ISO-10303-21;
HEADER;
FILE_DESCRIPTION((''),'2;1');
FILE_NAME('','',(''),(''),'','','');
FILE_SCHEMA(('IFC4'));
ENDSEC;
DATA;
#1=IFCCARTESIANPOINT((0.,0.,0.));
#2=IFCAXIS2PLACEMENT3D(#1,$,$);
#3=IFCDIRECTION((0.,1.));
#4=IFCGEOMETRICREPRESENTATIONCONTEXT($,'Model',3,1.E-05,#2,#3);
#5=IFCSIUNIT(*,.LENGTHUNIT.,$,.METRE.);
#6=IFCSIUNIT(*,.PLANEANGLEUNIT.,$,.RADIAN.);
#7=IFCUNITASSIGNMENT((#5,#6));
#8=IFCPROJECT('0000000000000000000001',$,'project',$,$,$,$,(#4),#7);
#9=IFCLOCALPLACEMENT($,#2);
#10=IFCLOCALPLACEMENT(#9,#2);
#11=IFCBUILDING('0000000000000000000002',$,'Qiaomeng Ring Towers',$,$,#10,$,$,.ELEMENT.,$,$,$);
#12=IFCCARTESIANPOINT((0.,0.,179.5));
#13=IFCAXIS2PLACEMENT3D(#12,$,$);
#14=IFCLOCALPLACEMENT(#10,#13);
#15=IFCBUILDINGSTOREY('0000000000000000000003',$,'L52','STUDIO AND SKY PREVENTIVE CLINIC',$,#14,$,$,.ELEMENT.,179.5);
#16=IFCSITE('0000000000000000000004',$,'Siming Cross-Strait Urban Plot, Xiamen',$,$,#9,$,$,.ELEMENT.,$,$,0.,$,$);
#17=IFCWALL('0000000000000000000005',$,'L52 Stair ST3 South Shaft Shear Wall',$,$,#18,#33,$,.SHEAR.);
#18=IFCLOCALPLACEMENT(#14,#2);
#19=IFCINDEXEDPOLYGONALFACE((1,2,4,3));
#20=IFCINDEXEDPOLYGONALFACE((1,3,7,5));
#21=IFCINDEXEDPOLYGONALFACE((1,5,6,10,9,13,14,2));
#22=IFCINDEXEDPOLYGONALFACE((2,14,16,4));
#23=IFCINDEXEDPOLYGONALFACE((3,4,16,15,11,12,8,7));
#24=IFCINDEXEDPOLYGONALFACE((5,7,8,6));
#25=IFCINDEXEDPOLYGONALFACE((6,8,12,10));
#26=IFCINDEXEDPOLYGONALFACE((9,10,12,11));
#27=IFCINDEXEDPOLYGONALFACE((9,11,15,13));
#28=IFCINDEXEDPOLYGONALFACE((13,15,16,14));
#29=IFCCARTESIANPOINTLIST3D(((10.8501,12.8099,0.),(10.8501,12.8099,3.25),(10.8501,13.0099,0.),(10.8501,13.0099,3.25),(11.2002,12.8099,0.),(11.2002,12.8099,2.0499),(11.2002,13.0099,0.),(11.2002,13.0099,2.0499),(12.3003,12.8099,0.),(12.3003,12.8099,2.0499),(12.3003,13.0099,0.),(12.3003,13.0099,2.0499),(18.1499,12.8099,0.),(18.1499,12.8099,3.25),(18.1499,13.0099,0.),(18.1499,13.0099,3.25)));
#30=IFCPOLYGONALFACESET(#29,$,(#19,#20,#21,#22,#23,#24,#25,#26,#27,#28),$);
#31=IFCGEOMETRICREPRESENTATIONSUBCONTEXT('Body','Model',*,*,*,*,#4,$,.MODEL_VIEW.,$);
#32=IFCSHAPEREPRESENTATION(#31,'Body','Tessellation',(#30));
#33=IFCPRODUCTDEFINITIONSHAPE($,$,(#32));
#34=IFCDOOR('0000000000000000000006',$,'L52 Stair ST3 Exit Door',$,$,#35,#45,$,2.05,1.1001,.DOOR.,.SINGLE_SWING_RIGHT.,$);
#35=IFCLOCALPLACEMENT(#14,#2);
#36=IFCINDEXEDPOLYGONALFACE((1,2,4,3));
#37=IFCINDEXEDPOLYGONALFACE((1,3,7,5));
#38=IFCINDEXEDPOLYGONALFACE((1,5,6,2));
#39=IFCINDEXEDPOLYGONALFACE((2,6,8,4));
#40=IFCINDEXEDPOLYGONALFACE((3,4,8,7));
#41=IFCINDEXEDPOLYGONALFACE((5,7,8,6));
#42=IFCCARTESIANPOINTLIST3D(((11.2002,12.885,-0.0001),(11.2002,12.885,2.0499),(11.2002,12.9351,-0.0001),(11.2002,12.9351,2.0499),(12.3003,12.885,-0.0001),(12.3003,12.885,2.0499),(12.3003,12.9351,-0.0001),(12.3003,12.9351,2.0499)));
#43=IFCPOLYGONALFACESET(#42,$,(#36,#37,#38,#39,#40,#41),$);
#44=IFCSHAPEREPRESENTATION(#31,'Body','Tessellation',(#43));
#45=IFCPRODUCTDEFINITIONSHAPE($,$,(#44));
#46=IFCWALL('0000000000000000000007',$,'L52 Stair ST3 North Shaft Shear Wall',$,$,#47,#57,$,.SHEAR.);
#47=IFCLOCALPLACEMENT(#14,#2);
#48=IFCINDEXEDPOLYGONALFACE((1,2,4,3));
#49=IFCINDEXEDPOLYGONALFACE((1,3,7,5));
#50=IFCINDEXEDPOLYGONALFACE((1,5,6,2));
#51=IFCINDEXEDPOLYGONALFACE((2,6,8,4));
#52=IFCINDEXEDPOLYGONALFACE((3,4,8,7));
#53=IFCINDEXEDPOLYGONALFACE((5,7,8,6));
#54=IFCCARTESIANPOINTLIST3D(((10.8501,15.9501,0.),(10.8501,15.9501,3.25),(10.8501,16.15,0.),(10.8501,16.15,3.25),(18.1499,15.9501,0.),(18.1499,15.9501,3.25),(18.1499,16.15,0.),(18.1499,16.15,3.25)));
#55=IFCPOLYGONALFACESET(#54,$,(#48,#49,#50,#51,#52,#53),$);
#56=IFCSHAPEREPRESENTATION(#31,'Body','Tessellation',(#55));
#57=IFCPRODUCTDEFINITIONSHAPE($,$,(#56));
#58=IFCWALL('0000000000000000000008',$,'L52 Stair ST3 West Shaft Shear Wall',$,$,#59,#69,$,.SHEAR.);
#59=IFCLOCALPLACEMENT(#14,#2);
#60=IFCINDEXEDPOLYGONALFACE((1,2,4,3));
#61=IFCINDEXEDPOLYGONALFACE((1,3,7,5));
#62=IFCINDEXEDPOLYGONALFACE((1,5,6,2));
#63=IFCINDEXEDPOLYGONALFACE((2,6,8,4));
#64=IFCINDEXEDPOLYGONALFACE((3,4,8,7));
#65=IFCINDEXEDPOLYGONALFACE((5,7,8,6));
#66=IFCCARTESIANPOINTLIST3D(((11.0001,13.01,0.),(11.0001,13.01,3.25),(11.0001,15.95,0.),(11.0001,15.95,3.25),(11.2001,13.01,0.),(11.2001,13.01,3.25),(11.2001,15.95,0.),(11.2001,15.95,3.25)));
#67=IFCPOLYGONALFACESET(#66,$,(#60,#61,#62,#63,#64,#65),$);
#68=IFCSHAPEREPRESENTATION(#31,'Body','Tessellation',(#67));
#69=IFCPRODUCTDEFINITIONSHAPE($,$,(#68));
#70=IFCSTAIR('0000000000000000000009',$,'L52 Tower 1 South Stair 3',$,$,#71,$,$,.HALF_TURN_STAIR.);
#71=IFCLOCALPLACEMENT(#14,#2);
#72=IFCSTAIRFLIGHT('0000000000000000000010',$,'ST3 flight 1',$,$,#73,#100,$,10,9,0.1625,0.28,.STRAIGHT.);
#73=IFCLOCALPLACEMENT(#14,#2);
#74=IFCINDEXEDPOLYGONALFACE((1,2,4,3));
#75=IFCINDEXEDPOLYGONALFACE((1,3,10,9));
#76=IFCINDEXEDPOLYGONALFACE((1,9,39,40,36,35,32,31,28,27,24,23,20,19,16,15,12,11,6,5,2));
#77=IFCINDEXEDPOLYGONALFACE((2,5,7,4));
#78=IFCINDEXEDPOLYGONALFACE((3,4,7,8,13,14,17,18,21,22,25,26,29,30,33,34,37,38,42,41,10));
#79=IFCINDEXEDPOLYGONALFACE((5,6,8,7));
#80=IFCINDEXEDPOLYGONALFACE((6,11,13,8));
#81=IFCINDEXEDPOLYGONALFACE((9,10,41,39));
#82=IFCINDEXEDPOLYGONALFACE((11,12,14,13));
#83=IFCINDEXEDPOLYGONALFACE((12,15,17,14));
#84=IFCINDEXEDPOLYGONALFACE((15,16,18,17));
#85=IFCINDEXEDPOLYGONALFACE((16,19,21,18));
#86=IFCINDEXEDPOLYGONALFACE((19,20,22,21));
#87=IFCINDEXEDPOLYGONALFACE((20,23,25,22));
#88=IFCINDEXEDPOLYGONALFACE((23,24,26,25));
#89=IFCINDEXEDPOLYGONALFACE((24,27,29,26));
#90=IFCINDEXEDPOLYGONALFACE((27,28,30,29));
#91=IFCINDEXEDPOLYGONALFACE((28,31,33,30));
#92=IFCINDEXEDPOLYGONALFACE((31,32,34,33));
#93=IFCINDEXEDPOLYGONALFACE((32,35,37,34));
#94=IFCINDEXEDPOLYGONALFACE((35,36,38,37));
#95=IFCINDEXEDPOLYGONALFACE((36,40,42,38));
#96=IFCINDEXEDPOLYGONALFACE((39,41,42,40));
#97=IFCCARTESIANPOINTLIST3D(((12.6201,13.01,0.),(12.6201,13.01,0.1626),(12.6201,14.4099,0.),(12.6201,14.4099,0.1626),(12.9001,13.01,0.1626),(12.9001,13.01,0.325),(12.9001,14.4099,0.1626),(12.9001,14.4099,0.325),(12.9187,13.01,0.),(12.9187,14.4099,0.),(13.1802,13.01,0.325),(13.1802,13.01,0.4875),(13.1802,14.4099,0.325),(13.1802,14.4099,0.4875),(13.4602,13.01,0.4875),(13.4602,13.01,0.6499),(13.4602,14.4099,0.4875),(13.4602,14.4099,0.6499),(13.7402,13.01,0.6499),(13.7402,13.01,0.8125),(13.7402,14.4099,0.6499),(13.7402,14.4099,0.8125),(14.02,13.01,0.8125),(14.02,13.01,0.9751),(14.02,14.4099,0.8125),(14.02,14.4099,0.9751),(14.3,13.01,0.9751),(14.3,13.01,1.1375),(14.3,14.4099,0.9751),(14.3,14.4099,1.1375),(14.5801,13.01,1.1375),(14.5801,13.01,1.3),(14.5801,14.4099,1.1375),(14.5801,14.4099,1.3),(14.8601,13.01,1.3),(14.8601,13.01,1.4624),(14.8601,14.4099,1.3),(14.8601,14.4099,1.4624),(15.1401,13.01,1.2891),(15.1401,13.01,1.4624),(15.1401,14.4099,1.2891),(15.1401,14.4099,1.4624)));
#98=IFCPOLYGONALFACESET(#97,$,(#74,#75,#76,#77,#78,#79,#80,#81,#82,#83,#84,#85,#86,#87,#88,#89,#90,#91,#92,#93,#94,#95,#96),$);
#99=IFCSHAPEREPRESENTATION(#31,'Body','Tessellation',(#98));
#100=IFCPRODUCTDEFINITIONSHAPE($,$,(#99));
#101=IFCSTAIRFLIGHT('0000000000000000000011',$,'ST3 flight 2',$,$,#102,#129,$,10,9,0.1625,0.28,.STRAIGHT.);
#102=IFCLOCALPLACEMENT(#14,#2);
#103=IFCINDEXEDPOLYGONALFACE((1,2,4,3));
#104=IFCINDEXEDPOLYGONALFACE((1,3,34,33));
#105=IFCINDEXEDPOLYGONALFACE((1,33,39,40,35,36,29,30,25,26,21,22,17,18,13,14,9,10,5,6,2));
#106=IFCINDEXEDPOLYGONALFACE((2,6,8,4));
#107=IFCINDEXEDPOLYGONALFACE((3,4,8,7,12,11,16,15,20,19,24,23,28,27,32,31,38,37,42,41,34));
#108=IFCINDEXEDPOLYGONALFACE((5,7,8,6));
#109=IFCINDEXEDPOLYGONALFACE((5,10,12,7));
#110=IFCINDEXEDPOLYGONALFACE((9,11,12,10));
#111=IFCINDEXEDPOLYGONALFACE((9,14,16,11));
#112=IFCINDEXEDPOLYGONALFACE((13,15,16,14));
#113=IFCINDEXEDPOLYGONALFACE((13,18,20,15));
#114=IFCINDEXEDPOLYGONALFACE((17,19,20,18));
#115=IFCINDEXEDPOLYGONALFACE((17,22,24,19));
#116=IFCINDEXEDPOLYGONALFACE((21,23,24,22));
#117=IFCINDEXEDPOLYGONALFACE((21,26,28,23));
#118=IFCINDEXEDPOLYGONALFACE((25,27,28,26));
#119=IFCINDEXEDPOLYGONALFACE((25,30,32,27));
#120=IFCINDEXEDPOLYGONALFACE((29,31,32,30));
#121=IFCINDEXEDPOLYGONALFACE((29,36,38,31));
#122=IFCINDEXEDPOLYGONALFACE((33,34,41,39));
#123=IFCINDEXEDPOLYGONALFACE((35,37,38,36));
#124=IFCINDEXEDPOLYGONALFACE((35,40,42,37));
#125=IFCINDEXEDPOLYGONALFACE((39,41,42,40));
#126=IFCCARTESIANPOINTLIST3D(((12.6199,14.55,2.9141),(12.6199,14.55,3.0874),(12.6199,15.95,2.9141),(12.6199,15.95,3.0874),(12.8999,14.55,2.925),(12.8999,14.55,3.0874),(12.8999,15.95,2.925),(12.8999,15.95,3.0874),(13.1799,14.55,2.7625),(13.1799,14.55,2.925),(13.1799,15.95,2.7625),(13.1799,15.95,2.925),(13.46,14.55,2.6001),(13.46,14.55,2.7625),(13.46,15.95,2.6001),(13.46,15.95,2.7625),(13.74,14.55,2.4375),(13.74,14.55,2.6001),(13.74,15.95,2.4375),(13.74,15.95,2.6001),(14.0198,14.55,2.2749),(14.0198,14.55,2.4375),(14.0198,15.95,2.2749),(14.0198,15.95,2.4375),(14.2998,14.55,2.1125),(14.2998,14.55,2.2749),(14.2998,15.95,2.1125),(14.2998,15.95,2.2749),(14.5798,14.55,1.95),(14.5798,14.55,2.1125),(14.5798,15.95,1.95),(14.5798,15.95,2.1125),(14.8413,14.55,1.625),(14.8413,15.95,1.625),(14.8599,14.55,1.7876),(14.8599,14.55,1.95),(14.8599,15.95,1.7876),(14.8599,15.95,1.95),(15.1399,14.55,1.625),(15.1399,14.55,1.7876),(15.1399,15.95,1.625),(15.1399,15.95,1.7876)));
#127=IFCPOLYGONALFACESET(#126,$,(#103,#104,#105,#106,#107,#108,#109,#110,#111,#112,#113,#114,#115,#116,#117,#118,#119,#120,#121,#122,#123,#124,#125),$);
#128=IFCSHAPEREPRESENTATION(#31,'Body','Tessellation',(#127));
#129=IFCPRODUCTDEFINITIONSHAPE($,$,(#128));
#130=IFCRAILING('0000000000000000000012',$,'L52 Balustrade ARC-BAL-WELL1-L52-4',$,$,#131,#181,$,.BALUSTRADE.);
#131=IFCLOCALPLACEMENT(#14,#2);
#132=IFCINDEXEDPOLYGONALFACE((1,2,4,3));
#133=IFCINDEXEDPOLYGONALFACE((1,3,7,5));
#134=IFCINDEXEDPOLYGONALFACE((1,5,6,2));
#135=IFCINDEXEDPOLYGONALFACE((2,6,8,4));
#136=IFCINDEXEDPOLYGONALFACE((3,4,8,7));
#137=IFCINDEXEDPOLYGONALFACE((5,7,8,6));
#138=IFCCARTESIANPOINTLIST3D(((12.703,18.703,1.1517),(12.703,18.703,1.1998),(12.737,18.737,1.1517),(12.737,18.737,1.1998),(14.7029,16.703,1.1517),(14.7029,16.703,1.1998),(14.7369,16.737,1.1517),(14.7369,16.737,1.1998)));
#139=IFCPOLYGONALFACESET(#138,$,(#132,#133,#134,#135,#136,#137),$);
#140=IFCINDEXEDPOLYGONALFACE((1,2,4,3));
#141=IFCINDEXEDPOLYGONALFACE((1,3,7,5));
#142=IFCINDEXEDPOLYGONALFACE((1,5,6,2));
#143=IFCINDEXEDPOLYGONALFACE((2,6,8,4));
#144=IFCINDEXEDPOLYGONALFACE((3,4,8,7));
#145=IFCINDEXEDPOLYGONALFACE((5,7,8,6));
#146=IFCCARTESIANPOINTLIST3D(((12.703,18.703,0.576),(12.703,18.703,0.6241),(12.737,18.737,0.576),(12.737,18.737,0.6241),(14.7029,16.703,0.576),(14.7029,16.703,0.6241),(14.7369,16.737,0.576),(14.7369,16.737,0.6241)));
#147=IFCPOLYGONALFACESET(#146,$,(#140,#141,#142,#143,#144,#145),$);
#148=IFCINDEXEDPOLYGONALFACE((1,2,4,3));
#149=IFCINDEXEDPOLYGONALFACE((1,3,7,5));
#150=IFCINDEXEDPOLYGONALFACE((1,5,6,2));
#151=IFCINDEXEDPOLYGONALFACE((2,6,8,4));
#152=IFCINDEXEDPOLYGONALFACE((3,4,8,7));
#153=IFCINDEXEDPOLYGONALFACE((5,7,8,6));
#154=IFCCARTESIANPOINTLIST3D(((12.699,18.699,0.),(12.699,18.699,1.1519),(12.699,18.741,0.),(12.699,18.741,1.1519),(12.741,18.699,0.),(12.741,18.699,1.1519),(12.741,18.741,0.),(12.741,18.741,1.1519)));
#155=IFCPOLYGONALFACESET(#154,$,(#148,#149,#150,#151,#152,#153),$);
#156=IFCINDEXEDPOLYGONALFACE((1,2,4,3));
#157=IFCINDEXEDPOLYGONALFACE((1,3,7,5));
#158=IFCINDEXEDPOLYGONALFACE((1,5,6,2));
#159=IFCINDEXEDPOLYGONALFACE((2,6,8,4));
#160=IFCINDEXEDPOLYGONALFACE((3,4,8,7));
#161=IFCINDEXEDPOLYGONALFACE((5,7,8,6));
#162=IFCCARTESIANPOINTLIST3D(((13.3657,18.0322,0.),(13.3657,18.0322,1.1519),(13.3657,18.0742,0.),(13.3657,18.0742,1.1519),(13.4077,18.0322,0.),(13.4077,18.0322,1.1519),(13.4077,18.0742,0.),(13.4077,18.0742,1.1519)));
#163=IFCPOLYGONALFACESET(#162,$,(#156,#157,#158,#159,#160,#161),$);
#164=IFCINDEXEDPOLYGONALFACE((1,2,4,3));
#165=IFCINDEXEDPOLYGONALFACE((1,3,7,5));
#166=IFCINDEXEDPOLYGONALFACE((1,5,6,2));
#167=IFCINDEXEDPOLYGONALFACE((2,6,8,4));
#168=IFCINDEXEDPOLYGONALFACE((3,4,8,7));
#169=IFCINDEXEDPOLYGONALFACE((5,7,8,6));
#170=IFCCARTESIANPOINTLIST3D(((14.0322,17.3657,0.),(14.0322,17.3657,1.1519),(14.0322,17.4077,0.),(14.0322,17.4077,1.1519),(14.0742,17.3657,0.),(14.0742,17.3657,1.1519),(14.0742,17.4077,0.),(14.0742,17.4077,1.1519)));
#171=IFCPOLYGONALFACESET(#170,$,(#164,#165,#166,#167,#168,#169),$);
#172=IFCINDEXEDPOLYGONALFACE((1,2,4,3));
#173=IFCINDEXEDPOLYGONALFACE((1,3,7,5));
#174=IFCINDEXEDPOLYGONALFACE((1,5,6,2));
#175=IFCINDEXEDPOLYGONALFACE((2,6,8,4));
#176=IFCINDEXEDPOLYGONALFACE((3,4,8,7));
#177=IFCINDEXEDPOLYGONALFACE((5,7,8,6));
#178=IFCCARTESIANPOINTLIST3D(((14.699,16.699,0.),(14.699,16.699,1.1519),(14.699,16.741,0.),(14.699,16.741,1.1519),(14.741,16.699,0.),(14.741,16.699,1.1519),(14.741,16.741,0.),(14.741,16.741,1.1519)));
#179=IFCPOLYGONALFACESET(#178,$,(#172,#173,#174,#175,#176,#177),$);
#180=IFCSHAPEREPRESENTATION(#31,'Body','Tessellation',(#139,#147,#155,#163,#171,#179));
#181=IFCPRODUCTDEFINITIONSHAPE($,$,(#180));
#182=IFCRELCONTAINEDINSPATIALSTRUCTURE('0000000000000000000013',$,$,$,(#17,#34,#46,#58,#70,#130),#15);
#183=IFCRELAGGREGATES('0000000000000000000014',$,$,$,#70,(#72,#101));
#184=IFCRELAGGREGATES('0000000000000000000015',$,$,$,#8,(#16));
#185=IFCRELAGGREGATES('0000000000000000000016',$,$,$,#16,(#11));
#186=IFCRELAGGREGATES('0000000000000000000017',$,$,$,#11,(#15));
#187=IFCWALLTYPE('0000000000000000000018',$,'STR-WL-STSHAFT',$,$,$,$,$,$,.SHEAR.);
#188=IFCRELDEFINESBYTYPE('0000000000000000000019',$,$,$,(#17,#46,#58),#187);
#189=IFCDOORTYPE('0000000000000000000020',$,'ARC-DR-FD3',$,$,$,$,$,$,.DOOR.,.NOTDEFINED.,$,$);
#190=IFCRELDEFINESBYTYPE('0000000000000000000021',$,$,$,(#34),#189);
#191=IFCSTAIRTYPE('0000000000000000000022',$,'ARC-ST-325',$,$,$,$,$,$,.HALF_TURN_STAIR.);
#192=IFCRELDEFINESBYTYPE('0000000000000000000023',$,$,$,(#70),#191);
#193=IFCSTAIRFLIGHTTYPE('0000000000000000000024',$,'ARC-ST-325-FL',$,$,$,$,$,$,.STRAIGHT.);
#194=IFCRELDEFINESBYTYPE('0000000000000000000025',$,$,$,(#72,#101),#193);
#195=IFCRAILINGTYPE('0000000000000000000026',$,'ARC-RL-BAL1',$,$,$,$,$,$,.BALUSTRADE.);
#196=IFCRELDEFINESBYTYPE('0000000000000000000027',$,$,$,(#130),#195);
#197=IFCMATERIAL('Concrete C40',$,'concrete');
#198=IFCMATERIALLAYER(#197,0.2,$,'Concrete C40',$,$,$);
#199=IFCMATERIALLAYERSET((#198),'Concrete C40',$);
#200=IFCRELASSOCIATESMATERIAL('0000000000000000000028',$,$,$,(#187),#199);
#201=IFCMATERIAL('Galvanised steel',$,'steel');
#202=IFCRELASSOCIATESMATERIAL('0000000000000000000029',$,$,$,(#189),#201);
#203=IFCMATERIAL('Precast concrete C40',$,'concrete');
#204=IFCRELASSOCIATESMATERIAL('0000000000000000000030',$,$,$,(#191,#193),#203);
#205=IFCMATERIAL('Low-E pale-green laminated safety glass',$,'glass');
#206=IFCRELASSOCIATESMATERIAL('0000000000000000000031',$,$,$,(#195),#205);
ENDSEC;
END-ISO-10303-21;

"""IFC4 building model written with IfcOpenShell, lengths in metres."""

from ifc_helpers import new_model, si_unit, direction, frame, frame_2d, origin, origin_2d, place, context, subcontext, project, spatial, polyline, rectangle, outline, extrude, source, transform, mapped, material, layer, layer_set, type_object, element, fill, aggregate, save


model = new_model("IFC4")

# Units and contexts
model_context = context("Model", 3, precision=1e-05, world=origin(), true_north=direction((0.0, 1.0)))
body_context = subcontext(model_context, "Body", "Model", "MODEL_VIEW")
ifc_project = project(units=[si_unit("LENGTHUNIT", "METRE"), si_unit("PLANEANGLEUNIT", "RADIAN")], contexts=[model_context])

# Site, building, storey
site_placement = place(None, origin())
site = spatial("IfcSite", under=ifc_project, at=site_placement, Name="Siming Cross-Strait Urban Plot, Xiamen", CompositionType="ELEMENT", RefElevation=0.0)
building_placement = place(site_placement, origin())
building = spatial("IfcBuilding", under=site, at=building_placement, Name="Qiaomeng Ring Towers", CompositionType="ELEMENT")
storey_placement = place(building_placement, frame((0.0, 0.0, 179.5)))
storey = spatial("IfcBuildingStorey", under=building, at=storey_placement, Name="L52", Description="STUDIO AND SKY PREVENTIVE CLINIC", CompositionType="ELEMENT", Elevation=179.5)

# Shared definitions
ifc_material_1 = material(Name="Concrete C40", Category="concrete")
ifc_layer_1 = layer(ifc_material_1, 0.2, Name="Concrete C40")
ifc_layer_set_1 = layer_set([ifc_layer_1], Name="Concrete C40")
wall_type_1 = type_object("IfcWallType", Name="STR-WL-STSHAFT", PredefinedType="SHEAR", material=ifc_layer_set_1)

# Wall, opening, door
wall_1_placement = place(storey_placement, frame((10.8501, 12.9099, 0.0), z_axis=(0.0, 0.0, 1.0), x_axis=(1.0, 0.0, 0.0)))
wall_1 = element("IfcWall", 1, at=wall_1_placement, inside=storey, type_object=wall_type_1, Name="L52 Stair ST3 South Shaft Shear Wall", PredefinedType="SHEAR", context=body_context, shape_type="SweptSolid", body=[
    extrude(rectangle(XDim=7.2998, YDim=0.2, at=frame_2d((3.6499, 0.0))), origin(), (0.0, 0.0, 1.0), 3.25),
])
opening_1_placement = place(wall_1_placement, frame((0.3501, 0.0, 0.0)))
opening_1 = element("IfcOpeningElement", 2, at=opening_1_placement, cuts=wall_1, PredefinedType="OPENING", context=body_context, shape_type="SweptSolid", body=[
    extrude(rectangle(XDim=1.1001, YDim=2.05, at=frame_2d((0.55, 1.0249))), frame((0.0, 0.1099, 0.0), z_axis=(0.0, -1.0, 0.0), x_axis=(1.0, 0.0, 0.0)), (0.0, 0.0, 1.0), 0.22),
])
ifc_material_2 = material(Name="Galvanised steel", Category="steel")
door_type_1 = type_object("IfcDoorType", Name="ARC-DR-FD3", OperationType="NOTDEFINED", PredefinedType="DOOR", material=ifc_material_2)
shared_shape_1 = source(origin(), body_context, "Body", "SweptSolid", [
    extrude(rectangle(XDim=1.1001, YDim=2.05, at=frame_2d((0.55, 1.0249))), frame((0.0, 0.0249, 0.0), z_axis=(0.0, -1.0, 0.0), x_axis=(1.0, 0.0, 0.0)), (0.0, 0.0, 1.0), 0.05),
])
door_1_placement = place(opening_1_placement, frame((1.1001, 0.0, 0.0), z_axis=(0.0, 0.0, 1.0), x_axis=(-1.0, 0.0, 0.0)))
door_1 = element("IfcDoor", 3, at=door_1_placement, inside=storey, type_object=door_type_1, Name="L52 Stair ST3 Exit Door", OperationType="SINGLE_SWING_RIGHT", OverallHeight=2.05, OverallWidth=1.1001, PredefinedType="DOOR", context=body_context, shape_type="MappedRepresentation", body=[
    mapped(shared_shape_1, transform((0.0, 0.0, 0.0), x_axis=(1.0, 0.0, 0.0), y_axis=(0.0, 1.0, 0.0), z_axis=(0.0, 0.0, 1.0), scale=1.0)),
])
fill(opening_1, door_1)

# Walls
wall_2_placement = place(storey_placement, frame((10.8501, 16.05, 0.0), z_axis=(0.0, 0.0, 1.0), x_axis=(1.0, 0.0, 0.0)))
element("IfcWall", 4, at=wall_2_placement, inside=storey, type_object=wall_type_1, Name="L52 Stair ST3 North Shaft Shear Wall", PredefinedType="SHEAR", context=body_context, shape_type="SweptSolid", body=[
    extrude(rectangle(XDim=7.2998, YDim=0.2, at=frame_2d((3.6499, 0.0))), origin(), (0.0, 0.0, 1.0), 3.25),
])
wall_3_placement = place(storey_placement, frame((11.1001, 13.01, 0.0), z_axis=(0.0, 0.0, 1.0), x_axis=(0.0, 1.0, 0.0)))
element("IfcWall", 5, at=wall_3_placement, inside=storey, type_object=wall_type_1, Name="L52 Stair ST3 West Shaft Shear Wall", PredefinedType="SHEAR", context=body_context, shape_type="SweptSolid", body=[
    extrude(rectangle(XDim=2.9399, YDim=0.2, at=frame_2d((1.47, 0.0))), origin(), (0.0, 0.0, 1.0), 3.25),
])

# Stair, stair flights
ifc_material_3 = material(Name="Precast concrete C40", Category="concrete")
stair_type = type_object("IfcStairType", Name="ARC-ST-325", PredefinedType="HALF_TURN_STAIR", material=ifc_material_3)
stair_placement = place(storey_placement, origin())
stair = element("IfcStair", 6, at=stair_placement, inside=storey, type_object=stair_type, Name="L52 Tower 1 South Stair 3", PredefinedType="HALF_TURN_STAIR")
stair_flight_type = type_object("IfcStairFlightType", Name="ARC-ST-325-FL", PredefinedType="STRAIGHT", material=ifc_material_3)
shared_shape_2 = source(origin(), body_context, "Body", "SweptSolid", [
    extrude(outline(polyline([(0.0, 0.0), (0.0, 0.1626), (0.28, 0.1626), (0.28, 0.325), (0.5601, 0.325), (0.5601, 0.4875), (0.8401, 0.4875), (0.8401, 0.6499), (1.1201, 0.6499), (1.1201, 0.8125), (1.3999, 0.8125), (1.3999, 0.9751), (1.6799, 0.9751), (1.6799, 1.1375), (1.96, 1.1375), (1.96, 1.3), (2.24, 1.3), (2.24, 1.4624), (2.52, 1.4624), (2.52, 1.625), (2.52, 1.2891), (0.2986, 0.0), (0.0, 0.0)])), frame((0.0, 0.7, 0.0), z_axis=(0.0, -1.0, 0.0), x_axis=(1.0, 0.0, 0.0)), (0.0, 0.0, 1.0), 1.3999),
])
stair_flight_1_placement = place(storey_placement, frame((12.6201, 13.71, 0.0), z_axis=(0.0, 0.0, 1.0), x_axis=(1.0, 0.0, 0.0)))
stair_flight_1 = element("IfcStairFlight", 7, at=stair_flight_1_placement, type_object=stair_flight_type, Name="ST3 flight 1", NumberOfRisers=10, NumberOfTreads=9, PredefinedType="STRAIGHT", RiserHeight=0.1625, TreadLength=0.28, context=body_context, shape_type="MappedRepresentation", body=[
    mapped(shared_shape_2, transform((0.0, 0.0, 0.0), x_axis=(1.0, 0.0, 0.0), y_axis=(0.0, 1.0, 0.0), z_axis=(0.0, 0.0, 1.0), scale=1.0)),
])
stair_flight_2_placement = place(storey_placement, frame((15.1399, 15.25, 1.625), z_axis=(0.0, 0.0, 1.0), x_axis=(-1.0, 0.0, 0.0)))
stair_flight_2 = element("IfcStairFlight", 8, at=stair_flight_2_placement, type_object=stair_flight_type, Name="ST3 flight 2", NumberOfRisers=10, NumberOfTreads=9, PredefinedType="STRAIGHT", RiserHeight=0.1625, TreadLength=0.28, context=body_context, shape_type="MappedRepresentation", body=[
    mapped(shared_shape_2, transform((0.0, 0.0, 0.0), x_axis=(1.0, 0.0, 0.0), y_axis=(0.0, 1.0, 0.0), z_axis=(0.0, 0.0, 1.0), scale=1.0)),
])
aggregate(stair, [stair_flight_1, stair_flight_2])

# Railing
ifc_material_4 = material(Name="Low-E pale-green laminated safety glass", Category="glass")
railing_type_1 = type_object("IfcRailingType", Name="ARC-RL-BAL1", PredefinedType="BALUSTRADE", material=ifc_material_4)
railing_1_placement = place(storey_placement, frame((12.72, 18.72, 0.0)))
element("IfcRailing", 9, at=railing_1_placement, inside=storey, type_object=railing_type_1, Name="L52 Balustrade ARC-BAL-WELL1-L52-4", PredefinedType="BALUSTRADE", context=body_context, shape_type="SweptSolid", body=[
    extrude(rectangle(XDim=0.0481, YDim=0.0481, at=origin_2d()), frame((0.0, 0.0, 1.1758), z_axis=(0.707107, -0.707107, 0.0), x_axis=(0.707107, 0.707107, 0.0)), (0.0, 0.0, 1.0), 2.8284),
    extrude(rectangle(XDim=0.0481, YDim=0.0481, at=origin_2d()), frame((0.0, 0.0, 0.6001), z_axis=(0.707107, -0.707107, 0.0), x_axis=(0.707107, 0.707107, 0.0)), (0.0, 0.0, 1.0), 2.8284),
    extrude(rectangle(XDim=0.042, YDim=0.042, at=origin_2d()), origin(), (0.0, 0.0, 1.0), 1.1519),
    extrude(rectangle(XDim=0.042, YDim=0.042, at=origin_2d()), frame((0.6667, -0.6667, 0.0)), (0.0, 0.0, 1.0), 1.1519),
    extrude(rectangle(XDim=0.042, YDim=0.042, at=origin_2d()), frame((1.3333, -1.3333, 0.0)), (0.0, 0.0, 1.0), 1.1519),
    extrude(rectangle(XDim=0.042, YDim=0.042, at=origin_2d()), frame((2.0, -2.0, 0.0)), (0.0, 0.0, 1.0), 1.1519),
])

save(model, "model.ifc")
